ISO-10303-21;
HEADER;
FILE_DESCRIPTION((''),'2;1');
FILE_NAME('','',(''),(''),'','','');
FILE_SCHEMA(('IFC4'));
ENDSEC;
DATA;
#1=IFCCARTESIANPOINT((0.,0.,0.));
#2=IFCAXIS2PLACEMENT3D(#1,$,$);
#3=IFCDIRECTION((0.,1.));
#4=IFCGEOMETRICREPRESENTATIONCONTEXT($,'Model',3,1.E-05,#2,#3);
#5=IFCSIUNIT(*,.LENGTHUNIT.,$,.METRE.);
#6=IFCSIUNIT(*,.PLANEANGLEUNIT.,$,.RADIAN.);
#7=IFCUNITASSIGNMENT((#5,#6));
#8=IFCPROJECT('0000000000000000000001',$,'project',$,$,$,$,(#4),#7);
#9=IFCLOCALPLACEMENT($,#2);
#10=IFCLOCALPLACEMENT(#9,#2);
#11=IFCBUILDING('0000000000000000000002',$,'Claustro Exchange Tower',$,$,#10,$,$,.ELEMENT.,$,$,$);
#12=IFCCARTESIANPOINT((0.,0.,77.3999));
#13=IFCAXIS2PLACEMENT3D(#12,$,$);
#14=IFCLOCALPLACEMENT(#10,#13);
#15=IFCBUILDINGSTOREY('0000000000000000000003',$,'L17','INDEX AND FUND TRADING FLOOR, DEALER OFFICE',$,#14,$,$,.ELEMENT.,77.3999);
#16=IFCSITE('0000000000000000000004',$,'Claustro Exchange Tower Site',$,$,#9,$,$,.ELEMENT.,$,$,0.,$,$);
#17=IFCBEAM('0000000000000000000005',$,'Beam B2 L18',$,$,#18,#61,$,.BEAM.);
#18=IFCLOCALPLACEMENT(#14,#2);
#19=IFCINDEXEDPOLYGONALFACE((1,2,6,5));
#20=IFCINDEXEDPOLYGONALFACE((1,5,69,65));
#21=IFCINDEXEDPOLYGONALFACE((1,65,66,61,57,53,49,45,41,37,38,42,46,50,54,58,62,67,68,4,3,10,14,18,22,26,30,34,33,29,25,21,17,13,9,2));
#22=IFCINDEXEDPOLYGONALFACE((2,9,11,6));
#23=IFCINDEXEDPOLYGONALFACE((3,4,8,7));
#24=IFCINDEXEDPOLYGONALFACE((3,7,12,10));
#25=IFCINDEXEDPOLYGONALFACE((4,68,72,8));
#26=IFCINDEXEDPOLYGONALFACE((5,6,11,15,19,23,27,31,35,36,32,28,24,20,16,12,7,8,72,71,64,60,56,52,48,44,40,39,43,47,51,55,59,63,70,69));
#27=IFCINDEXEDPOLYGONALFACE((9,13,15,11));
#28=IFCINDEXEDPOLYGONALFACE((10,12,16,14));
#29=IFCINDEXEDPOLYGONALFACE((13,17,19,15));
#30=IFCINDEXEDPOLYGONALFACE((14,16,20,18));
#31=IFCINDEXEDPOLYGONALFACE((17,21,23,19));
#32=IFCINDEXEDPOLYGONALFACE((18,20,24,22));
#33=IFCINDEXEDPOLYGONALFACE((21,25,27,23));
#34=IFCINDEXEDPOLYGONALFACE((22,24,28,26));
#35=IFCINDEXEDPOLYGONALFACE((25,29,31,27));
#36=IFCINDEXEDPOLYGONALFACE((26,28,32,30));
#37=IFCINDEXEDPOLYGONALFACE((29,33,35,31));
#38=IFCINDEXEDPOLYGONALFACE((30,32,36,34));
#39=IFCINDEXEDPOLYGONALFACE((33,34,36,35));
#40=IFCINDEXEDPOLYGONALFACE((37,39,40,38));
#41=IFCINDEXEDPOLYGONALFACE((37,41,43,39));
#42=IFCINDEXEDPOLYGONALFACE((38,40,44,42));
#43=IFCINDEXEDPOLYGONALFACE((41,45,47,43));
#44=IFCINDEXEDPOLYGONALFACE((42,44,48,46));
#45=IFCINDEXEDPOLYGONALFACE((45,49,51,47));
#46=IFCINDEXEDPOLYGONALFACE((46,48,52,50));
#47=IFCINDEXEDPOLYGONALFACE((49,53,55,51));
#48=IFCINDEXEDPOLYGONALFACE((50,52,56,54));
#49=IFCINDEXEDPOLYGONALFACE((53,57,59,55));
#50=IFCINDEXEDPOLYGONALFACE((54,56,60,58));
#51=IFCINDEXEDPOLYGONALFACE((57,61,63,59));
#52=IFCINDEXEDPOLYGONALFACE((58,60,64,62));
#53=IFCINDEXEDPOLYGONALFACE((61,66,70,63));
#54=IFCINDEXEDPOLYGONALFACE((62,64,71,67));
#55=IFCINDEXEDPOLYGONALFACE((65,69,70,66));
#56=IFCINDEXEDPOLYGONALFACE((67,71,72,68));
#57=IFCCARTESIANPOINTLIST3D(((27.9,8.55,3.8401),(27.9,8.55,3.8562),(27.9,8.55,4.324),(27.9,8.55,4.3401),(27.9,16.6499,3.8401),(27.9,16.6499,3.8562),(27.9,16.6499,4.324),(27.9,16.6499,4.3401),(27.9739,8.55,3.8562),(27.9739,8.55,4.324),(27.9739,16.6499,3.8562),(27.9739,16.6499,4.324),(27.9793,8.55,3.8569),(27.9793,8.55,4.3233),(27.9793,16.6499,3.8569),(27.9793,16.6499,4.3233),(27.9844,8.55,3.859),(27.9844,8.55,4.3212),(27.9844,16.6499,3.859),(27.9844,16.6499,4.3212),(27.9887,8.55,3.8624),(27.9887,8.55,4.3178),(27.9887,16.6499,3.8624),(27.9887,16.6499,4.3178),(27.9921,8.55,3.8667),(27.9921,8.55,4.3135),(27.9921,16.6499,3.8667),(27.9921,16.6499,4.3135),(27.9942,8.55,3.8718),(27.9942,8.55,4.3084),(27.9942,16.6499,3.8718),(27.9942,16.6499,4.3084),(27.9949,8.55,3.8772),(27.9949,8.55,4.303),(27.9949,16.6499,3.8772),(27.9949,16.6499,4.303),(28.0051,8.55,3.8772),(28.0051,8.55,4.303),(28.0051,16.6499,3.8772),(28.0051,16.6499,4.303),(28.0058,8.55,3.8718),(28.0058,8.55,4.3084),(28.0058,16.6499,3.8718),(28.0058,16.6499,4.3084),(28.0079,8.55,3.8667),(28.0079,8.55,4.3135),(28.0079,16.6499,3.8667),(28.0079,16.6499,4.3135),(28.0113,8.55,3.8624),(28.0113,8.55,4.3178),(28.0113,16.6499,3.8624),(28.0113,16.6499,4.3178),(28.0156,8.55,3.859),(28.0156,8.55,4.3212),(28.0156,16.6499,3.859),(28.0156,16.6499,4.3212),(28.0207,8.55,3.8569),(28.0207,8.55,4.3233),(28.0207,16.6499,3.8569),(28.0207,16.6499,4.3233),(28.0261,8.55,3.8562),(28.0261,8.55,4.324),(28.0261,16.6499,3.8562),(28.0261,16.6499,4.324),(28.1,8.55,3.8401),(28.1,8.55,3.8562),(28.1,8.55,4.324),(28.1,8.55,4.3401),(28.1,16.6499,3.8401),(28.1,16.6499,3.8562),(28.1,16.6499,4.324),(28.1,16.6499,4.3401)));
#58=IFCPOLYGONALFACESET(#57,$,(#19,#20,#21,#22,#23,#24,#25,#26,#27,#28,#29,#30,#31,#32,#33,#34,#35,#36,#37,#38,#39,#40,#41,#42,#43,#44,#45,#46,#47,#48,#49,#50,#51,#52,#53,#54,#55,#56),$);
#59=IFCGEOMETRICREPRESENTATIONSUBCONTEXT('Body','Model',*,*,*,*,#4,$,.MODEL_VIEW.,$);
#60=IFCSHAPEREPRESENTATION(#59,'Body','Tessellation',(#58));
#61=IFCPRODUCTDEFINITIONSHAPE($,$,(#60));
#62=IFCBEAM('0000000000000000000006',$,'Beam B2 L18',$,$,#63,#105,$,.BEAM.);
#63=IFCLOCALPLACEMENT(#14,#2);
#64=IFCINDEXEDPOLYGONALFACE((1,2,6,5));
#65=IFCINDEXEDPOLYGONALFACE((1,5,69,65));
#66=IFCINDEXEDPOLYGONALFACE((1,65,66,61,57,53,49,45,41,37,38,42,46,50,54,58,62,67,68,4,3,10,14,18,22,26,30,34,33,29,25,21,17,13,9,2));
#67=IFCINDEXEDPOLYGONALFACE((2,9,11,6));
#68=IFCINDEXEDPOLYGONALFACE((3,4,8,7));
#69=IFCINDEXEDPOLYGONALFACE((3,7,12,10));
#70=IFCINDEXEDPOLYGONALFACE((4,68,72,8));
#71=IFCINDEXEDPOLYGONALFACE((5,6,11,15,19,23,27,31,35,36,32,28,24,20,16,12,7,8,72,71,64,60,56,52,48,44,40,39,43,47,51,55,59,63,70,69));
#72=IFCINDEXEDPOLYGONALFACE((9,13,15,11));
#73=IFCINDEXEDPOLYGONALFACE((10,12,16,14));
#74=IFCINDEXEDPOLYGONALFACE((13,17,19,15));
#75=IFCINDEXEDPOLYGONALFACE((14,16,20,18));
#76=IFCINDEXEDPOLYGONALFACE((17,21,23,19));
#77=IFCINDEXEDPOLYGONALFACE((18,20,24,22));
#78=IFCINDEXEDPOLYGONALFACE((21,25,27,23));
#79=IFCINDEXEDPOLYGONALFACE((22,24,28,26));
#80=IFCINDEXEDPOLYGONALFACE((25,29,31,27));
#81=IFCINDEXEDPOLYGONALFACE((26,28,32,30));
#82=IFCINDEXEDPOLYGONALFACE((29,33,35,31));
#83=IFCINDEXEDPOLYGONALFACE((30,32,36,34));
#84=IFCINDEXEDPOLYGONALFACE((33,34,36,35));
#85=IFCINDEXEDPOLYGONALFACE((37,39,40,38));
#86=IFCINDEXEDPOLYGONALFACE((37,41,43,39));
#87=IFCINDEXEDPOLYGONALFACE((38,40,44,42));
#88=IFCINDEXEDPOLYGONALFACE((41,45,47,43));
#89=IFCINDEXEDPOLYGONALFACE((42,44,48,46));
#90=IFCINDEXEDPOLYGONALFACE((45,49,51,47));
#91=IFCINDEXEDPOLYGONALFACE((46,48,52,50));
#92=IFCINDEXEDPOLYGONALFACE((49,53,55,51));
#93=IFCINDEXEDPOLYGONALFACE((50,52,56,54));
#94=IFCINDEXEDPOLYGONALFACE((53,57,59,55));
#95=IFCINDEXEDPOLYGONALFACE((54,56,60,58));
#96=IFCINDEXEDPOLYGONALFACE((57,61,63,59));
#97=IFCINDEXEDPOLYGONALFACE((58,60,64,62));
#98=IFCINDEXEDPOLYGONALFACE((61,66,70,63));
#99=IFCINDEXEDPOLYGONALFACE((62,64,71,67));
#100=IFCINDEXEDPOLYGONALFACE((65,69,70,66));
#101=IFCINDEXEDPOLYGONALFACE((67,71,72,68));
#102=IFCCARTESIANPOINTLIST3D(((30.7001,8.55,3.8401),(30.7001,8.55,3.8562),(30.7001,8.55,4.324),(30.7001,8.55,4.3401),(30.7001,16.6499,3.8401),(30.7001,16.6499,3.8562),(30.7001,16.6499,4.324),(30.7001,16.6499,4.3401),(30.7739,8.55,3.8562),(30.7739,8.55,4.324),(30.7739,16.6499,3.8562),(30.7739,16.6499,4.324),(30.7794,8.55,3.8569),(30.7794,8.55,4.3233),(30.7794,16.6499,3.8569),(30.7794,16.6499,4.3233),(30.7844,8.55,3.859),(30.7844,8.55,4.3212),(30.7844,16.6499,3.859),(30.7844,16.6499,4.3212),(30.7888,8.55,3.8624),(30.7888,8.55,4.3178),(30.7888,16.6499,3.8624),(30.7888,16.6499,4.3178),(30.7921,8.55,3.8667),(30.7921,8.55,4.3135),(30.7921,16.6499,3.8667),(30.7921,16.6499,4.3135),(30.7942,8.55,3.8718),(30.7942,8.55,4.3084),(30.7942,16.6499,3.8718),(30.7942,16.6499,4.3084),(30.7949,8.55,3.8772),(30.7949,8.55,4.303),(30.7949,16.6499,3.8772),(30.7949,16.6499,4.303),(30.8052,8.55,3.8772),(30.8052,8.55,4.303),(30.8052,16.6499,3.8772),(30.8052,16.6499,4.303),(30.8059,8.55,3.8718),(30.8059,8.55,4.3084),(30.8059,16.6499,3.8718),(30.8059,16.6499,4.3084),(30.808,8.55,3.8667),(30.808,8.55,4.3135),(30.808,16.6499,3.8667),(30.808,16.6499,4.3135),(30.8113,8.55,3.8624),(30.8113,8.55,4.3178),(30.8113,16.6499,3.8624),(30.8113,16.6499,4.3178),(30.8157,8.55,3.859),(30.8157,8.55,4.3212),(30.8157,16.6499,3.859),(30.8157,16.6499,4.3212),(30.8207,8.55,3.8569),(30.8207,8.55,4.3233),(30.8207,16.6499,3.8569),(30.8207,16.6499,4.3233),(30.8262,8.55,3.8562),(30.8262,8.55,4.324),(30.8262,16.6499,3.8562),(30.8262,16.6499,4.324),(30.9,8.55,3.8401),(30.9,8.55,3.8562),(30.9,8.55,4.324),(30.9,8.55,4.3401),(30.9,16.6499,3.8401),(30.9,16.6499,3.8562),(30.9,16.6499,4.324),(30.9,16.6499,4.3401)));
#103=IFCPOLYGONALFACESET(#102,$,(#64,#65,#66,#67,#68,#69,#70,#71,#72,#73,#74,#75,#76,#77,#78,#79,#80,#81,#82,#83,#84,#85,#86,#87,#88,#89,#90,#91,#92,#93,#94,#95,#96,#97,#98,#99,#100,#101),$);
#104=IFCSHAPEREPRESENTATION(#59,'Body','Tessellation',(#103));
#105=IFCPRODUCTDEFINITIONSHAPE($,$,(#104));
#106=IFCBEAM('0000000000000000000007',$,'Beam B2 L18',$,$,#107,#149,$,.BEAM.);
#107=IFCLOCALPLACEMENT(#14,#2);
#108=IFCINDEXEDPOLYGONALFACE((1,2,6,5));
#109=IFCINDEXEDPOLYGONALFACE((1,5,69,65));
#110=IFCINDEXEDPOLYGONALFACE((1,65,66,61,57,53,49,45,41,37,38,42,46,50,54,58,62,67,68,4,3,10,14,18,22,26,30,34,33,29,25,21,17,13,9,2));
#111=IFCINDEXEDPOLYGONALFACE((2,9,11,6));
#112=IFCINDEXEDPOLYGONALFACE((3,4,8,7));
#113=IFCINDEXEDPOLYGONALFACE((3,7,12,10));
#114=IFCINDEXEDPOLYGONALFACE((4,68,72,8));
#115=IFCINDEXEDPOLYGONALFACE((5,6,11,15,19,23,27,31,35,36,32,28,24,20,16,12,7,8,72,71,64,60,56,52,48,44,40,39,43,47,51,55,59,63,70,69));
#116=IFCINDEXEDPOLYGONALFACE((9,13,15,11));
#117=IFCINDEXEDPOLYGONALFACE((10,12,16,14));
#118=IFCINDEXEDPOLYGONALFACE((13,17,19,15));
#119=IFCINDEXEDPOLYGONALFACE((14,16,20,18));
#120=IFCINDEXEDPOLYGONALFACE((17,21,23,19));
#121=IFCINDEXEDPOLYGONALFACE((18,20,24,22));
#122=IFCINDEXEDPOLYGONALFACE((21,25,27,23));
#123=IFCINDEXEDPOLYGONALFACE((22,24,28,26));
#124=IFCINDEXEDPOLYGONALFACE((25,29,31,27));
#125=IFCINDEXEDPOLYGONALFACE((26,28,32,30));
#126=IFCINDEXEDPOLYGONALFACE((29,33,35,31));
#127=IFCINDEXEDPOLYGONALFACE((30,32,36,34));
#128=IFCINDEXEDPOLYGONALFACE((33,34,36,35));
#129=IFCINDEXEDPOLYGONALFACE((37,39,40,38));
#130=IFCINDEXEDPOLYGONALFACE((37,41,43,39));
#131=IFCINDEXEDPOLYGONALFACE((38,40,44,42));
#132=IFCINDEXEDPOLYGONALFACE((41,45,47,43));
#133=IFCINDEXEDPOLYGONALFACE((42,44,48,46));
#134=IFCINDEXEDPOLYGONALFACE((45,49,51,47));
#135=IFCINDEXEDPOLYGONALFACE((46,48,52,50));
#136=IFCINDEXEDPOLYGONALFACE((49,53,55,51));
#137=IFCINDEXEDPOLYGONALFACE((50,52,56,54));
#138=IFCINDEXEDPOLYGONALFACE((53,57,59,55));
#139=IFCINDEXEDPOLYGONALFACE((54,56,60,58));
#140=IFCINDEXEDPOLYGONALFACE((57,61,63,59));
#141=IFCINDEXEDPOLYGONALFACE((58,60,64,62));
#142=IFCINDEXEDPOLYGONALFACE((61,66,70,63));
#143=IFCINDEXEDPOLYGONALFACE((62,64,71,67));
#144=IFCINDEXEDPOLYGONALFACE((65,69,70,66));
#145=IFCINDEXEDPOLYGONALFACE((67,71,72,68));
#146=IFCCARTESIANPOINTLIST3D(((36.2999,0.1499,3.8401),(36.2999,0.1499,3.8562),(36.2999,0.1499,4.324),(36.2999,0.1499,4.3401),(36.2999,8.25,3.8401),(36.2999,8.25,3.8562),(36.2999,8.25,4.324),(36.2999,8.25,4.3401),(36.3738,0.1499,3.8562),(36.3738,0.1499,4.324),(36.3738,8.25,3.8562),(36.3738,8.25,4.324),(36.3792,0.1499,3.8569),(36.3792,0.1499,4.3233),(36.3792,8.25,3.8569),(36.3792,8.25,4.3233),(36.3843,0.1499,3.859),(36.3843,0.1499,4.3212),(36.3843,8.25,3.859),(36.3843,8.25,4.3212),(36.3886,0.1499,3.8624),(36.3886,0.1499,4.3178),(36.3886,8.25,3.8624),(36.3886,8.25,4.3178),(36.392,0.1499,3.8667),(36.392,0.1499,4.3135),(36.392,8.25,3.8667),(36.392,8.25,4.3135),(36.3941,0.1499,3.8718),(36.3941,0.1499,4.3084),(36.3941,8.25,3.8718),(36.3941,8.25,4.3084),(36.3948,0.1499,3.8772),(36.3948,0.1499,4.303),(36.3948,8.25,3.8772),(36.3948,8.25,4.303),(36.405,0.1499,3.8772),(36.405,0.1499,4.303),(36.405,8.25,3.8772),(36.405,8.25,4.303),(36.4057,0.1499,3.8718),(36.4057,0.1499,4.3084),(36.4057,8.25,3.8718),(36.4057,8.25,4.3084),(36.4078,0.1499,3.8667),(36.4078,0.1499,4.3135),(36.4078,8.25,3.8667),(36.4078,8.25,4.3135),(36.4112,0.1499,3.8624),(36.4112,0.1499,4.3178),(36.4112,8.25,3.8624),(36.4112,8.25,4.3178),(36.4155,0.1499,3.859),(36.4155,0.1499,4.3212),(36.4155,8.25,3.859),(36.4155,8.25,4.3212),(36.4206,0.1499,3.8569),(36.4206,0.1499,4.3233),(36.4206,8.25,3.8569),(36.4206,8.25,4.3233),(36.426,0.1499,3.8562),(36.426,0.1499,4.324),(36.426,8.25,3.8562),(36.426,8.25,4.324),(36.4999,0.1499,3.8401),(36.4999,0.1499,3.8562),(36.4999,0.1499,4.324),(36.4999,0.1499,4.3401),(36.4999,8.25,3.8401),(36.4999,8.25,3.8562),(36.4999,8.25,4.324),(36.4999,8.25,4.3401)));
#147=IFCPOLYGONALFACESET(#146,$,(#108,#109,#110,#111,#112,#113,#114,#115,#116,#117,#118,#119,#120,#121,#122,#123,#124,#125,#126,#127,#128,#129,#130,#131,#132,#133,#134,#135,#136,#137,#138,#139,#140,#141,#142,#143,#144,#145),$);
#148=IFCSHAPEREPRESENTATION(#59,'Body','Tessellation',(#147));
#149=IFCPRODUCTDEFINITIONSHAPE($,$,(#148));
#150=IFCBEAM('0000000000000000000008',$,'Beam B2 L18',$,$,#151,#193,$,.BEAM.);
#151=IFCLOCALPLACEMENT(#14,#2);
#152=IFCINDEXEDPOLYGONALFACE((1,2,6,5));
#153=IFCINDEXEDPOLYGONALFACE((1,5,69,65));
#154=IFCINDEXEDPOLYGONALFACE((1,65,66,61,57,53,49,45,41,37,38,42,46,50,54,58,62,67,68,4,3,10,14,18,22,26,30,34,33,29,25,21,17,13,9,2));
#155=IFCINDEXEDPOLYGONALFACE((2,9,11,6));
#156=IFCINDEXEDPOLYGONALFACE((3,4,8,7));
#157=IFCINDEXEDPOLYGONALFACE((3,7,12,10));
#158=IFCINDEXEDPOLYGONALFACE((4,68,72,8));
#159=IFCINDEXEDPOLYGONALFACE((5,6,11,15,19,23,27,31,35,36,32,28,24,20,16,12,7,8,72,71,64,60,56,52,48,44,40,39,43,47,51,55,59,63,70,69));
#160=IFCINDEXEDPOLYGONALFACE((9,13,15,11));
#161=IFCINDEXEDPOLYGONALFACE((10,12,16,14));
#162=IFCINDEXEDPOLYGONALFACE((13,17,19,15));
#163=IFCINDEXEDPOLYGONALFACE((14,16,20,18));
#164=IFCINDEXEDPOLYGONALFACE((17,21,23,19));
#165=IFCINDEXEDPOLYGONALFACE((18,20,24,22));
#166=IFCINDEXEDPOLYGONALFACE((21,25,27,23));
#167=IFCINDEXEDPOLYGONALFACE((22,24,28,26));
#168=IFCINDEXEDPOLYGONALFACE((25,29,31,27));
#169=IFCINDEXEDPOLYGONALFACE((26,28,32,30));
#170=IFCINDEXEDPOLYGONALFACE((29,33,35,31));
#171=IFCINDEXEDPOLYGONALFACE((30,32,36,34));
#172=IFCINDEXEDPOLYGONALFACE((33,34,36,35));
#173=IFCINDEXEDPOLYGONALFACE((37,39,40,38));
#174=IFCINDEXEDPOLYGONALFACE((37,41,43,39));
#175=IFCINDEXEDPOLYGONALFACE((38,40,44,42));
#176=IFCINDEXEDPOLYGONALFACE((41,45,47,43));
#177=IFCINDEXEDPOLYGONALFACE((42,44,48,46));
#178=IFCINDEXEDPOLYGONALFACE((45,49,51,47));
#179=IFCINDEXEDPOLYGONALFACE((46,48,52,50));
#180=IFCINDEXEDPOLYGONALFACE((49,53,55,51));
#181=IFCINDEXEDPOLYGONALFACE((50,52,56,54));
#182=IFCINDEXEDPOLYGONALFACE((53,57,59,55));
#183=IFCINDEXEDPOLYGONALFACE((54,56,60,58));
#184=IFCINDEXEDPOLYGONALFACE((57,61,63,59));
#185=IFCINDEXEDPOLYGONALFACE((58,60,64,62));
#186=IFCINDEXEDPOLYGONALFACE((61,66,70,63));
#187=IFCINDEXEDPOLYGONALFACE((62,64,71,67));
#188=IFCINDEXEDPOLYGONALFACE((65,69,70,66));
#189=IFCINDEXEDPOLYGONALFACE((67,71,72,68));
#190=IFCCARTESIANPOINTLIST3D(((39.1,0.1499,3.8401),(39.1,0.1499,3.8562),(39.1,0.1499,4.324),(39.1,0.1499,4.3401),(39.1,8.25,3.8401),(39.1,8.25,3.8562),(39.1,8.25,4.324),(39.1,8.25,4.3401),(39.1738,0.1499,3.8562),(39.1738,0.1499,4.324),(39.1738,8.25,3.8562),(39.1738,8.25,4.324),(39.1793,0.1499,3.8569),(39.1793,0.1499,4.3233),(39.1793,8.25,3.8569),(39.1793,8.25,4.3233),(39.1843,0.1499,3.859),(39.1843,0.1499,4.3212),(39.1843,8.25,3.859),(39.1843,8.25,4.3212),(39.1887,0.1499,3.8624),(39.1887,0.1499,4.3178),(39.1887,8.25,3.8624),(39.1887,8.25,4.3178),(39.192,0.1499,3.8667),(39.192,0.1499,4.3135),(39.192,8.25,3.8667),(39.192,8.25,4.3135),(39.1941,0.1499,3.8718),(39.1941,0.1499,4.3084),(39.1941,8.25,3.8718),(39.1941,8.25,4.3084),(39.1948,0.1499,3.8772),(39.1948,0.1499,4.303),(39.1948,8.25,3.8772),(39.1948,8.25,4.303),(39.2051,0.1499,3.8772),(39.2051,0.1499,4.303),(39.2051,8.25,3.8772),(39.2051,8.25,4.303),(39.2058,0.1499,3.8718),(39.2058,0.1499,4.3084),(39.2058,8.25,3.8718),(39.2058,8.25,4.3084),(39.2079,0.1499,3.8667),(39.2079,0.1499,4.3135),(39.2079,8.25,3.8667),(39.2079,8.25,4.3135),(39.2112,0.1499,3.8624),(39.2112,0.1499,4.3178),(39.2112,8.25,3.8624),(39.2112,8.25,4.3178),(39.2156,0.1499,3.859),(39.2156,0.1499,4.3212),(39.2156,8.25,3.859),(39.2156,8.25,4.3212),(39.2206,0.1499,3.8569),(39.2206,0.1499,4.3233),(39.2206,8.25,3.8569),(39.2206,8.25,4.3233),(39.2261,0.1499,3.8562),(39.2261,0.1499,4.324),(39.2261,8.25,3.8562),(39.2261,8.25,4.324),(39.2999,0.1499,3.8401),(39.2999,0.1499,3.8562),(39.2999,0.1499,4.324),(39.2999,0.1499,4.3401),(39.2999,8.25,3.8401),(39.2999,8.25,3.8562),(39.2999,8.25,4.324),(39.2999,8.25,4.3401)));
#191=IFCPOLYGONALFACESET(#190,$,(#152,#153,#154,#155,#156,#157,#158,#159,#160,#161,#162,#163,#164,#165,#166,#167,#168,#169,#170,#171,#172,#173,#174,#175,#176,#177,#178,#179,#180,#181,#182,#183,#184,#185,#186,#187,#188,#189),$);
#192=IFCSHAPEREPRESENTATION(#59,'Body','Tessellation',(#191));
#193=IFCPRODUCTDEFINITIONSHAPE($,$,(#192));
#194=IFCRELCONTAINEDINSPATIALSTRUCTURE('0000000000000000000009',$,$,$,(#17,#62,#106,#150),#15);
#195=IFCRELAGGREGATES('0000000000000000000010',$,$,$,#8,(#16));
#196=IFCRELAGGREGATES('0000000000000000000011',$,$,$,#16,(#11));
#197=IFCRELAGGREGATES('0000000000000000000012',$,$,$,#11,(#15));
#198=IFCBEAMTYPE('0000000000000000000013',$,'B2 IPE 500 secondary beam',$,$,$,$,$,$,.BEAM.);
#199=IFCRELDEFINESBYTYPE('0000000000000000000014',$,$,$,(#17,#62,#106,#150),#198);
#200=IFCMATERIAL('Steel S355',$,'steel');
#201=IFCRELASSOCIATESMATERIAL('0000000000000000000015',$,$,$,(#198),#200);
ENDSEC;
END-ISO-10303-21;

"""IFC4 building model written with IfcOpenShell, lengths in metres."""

from ifc_helpers import new_model, si_unit, direction, frame, origin, origin_2d, place, context, subcontext, project, spatial, i_section, extrude, material, material_profile, profile_set, type_object, element, save


model = new_model("IFC4")

# Units and contexts
model_context = context("Model", 3, precision=1e-05, world=origin(), true_north=direction((0.0, 1.0)))
body_context = subcontext(model_context, "Body", "Model", "MODEL_VIEW")
ifc_project = project(units=[si_unit("LENGTHUNIT", "METRE"), si_unit("PLANEANGLEUNIT", "RADIAN")], contexts=[model_context])

# Site, building, storey
site_placement = place(None, origin())
site = spatial("IfcSite", under=ifc_project, at=site_placement, Name="Claustro Exchange Tower Site", CompositionType="ELEMENT", RefElevation=0.0)
building_placement = place(site_placement, origin())
building = spatial("IfcBuilding", under=site, at=building_placement, Name="Claustro Exchange Tower", CompositionType="ELEMENT")
storey_placement = place(building_placement, frame((0.0, 0.0, 77.3999)))
storey = spatial("IfcBuildingStorey", under=building, at=storey_placement, Name="L17", Description="INDEX AND FUND TRADING FLOOR, DEALER OFFICE", CompositionType="ELEMENT", Elevation=77.3999)

# Beams
ifc_material_1 = material(Name="Steel S355", Category="steel")
ifc_material_profile_1 = material_profile(ifc_material_1, i_section(OverallWidth=0.2, OverallDepth=0.5, WebThickness=0.0103, FlangeThickness=0.0161, FilletRadius=0.021, at=origin_2d()), Name="IPE 500")
ifc_profile_set_1 = profile_set([ifc_material_profile_1], Name="Steel S355")
beam_type_1 = type_object("IfcBeamType", Name="B2 IPE 500 secondary beam", PredefinedType="BEAM", material=ifc_profile_set_1)
for number, where, z_axis, x_axis, name in (
    (1, (28.0, 8.55, 4.0901), (0.0, 1.0, 0.0), (-1.0, 0.0, 0.0), "Beam B2 L18"),
    (2, (30.8, 8.55, 4.0901), (0.0, 1.0, 0.0), (-1.0, 0.0, 0.0), "Beam B2 L18"),
):
    element("IfcBeam", number, at=place(storey_placement, frame(where, z_axis=z_axis, x_axis=x_axis)), inside=storey, type_object=beam_type_1, Name=name, PredefinedType="BEAM", context=body_context, shape_type="SweptSolid", body=[
        extrude(i_section(OverallWidth=0.2, OverallDepth=0.5, WebThickness=0.0103, FlangeThickness=0.0161, FilletRadius=0.021, at=origin_2d()), origin(), (0.0, 0.0, 1.0), 8.0999),
    ])
for number, where, z_axis, x_axis, name in (
    (3, (36.3999, 0.1499, 4.0901), (0.0, 1.0, 0.0), (-1.0, 0.0, 0.0), "Beam B2 L18"),
    (4, (39.2, 0.1499, 4.0901), (0.0, 1.0, 0.0), (-1.0, 0.0, 0.0), "Beam B2 L18"),
):
    element("IfcBeam", number, at=place(storey_placement, frame(where, z_axis=z_axis, x_axis=x_axis)), inside=storey, type_object=beam_type_1, Name=name, PredefinedType="BEAM", context=body_context, shape_type="SweptSolid", body=[
        extrude(i_section(OverallWidth=0.2, OverallDepth=0.5, WebThickness=0.0103, FlangeThickness=0.0161, FilletRadius=0.021, at=origin_2d()), origin(), (0.0, 0.0, 1.0), 8.1001),
    ])

save(model, "model.ifc")
